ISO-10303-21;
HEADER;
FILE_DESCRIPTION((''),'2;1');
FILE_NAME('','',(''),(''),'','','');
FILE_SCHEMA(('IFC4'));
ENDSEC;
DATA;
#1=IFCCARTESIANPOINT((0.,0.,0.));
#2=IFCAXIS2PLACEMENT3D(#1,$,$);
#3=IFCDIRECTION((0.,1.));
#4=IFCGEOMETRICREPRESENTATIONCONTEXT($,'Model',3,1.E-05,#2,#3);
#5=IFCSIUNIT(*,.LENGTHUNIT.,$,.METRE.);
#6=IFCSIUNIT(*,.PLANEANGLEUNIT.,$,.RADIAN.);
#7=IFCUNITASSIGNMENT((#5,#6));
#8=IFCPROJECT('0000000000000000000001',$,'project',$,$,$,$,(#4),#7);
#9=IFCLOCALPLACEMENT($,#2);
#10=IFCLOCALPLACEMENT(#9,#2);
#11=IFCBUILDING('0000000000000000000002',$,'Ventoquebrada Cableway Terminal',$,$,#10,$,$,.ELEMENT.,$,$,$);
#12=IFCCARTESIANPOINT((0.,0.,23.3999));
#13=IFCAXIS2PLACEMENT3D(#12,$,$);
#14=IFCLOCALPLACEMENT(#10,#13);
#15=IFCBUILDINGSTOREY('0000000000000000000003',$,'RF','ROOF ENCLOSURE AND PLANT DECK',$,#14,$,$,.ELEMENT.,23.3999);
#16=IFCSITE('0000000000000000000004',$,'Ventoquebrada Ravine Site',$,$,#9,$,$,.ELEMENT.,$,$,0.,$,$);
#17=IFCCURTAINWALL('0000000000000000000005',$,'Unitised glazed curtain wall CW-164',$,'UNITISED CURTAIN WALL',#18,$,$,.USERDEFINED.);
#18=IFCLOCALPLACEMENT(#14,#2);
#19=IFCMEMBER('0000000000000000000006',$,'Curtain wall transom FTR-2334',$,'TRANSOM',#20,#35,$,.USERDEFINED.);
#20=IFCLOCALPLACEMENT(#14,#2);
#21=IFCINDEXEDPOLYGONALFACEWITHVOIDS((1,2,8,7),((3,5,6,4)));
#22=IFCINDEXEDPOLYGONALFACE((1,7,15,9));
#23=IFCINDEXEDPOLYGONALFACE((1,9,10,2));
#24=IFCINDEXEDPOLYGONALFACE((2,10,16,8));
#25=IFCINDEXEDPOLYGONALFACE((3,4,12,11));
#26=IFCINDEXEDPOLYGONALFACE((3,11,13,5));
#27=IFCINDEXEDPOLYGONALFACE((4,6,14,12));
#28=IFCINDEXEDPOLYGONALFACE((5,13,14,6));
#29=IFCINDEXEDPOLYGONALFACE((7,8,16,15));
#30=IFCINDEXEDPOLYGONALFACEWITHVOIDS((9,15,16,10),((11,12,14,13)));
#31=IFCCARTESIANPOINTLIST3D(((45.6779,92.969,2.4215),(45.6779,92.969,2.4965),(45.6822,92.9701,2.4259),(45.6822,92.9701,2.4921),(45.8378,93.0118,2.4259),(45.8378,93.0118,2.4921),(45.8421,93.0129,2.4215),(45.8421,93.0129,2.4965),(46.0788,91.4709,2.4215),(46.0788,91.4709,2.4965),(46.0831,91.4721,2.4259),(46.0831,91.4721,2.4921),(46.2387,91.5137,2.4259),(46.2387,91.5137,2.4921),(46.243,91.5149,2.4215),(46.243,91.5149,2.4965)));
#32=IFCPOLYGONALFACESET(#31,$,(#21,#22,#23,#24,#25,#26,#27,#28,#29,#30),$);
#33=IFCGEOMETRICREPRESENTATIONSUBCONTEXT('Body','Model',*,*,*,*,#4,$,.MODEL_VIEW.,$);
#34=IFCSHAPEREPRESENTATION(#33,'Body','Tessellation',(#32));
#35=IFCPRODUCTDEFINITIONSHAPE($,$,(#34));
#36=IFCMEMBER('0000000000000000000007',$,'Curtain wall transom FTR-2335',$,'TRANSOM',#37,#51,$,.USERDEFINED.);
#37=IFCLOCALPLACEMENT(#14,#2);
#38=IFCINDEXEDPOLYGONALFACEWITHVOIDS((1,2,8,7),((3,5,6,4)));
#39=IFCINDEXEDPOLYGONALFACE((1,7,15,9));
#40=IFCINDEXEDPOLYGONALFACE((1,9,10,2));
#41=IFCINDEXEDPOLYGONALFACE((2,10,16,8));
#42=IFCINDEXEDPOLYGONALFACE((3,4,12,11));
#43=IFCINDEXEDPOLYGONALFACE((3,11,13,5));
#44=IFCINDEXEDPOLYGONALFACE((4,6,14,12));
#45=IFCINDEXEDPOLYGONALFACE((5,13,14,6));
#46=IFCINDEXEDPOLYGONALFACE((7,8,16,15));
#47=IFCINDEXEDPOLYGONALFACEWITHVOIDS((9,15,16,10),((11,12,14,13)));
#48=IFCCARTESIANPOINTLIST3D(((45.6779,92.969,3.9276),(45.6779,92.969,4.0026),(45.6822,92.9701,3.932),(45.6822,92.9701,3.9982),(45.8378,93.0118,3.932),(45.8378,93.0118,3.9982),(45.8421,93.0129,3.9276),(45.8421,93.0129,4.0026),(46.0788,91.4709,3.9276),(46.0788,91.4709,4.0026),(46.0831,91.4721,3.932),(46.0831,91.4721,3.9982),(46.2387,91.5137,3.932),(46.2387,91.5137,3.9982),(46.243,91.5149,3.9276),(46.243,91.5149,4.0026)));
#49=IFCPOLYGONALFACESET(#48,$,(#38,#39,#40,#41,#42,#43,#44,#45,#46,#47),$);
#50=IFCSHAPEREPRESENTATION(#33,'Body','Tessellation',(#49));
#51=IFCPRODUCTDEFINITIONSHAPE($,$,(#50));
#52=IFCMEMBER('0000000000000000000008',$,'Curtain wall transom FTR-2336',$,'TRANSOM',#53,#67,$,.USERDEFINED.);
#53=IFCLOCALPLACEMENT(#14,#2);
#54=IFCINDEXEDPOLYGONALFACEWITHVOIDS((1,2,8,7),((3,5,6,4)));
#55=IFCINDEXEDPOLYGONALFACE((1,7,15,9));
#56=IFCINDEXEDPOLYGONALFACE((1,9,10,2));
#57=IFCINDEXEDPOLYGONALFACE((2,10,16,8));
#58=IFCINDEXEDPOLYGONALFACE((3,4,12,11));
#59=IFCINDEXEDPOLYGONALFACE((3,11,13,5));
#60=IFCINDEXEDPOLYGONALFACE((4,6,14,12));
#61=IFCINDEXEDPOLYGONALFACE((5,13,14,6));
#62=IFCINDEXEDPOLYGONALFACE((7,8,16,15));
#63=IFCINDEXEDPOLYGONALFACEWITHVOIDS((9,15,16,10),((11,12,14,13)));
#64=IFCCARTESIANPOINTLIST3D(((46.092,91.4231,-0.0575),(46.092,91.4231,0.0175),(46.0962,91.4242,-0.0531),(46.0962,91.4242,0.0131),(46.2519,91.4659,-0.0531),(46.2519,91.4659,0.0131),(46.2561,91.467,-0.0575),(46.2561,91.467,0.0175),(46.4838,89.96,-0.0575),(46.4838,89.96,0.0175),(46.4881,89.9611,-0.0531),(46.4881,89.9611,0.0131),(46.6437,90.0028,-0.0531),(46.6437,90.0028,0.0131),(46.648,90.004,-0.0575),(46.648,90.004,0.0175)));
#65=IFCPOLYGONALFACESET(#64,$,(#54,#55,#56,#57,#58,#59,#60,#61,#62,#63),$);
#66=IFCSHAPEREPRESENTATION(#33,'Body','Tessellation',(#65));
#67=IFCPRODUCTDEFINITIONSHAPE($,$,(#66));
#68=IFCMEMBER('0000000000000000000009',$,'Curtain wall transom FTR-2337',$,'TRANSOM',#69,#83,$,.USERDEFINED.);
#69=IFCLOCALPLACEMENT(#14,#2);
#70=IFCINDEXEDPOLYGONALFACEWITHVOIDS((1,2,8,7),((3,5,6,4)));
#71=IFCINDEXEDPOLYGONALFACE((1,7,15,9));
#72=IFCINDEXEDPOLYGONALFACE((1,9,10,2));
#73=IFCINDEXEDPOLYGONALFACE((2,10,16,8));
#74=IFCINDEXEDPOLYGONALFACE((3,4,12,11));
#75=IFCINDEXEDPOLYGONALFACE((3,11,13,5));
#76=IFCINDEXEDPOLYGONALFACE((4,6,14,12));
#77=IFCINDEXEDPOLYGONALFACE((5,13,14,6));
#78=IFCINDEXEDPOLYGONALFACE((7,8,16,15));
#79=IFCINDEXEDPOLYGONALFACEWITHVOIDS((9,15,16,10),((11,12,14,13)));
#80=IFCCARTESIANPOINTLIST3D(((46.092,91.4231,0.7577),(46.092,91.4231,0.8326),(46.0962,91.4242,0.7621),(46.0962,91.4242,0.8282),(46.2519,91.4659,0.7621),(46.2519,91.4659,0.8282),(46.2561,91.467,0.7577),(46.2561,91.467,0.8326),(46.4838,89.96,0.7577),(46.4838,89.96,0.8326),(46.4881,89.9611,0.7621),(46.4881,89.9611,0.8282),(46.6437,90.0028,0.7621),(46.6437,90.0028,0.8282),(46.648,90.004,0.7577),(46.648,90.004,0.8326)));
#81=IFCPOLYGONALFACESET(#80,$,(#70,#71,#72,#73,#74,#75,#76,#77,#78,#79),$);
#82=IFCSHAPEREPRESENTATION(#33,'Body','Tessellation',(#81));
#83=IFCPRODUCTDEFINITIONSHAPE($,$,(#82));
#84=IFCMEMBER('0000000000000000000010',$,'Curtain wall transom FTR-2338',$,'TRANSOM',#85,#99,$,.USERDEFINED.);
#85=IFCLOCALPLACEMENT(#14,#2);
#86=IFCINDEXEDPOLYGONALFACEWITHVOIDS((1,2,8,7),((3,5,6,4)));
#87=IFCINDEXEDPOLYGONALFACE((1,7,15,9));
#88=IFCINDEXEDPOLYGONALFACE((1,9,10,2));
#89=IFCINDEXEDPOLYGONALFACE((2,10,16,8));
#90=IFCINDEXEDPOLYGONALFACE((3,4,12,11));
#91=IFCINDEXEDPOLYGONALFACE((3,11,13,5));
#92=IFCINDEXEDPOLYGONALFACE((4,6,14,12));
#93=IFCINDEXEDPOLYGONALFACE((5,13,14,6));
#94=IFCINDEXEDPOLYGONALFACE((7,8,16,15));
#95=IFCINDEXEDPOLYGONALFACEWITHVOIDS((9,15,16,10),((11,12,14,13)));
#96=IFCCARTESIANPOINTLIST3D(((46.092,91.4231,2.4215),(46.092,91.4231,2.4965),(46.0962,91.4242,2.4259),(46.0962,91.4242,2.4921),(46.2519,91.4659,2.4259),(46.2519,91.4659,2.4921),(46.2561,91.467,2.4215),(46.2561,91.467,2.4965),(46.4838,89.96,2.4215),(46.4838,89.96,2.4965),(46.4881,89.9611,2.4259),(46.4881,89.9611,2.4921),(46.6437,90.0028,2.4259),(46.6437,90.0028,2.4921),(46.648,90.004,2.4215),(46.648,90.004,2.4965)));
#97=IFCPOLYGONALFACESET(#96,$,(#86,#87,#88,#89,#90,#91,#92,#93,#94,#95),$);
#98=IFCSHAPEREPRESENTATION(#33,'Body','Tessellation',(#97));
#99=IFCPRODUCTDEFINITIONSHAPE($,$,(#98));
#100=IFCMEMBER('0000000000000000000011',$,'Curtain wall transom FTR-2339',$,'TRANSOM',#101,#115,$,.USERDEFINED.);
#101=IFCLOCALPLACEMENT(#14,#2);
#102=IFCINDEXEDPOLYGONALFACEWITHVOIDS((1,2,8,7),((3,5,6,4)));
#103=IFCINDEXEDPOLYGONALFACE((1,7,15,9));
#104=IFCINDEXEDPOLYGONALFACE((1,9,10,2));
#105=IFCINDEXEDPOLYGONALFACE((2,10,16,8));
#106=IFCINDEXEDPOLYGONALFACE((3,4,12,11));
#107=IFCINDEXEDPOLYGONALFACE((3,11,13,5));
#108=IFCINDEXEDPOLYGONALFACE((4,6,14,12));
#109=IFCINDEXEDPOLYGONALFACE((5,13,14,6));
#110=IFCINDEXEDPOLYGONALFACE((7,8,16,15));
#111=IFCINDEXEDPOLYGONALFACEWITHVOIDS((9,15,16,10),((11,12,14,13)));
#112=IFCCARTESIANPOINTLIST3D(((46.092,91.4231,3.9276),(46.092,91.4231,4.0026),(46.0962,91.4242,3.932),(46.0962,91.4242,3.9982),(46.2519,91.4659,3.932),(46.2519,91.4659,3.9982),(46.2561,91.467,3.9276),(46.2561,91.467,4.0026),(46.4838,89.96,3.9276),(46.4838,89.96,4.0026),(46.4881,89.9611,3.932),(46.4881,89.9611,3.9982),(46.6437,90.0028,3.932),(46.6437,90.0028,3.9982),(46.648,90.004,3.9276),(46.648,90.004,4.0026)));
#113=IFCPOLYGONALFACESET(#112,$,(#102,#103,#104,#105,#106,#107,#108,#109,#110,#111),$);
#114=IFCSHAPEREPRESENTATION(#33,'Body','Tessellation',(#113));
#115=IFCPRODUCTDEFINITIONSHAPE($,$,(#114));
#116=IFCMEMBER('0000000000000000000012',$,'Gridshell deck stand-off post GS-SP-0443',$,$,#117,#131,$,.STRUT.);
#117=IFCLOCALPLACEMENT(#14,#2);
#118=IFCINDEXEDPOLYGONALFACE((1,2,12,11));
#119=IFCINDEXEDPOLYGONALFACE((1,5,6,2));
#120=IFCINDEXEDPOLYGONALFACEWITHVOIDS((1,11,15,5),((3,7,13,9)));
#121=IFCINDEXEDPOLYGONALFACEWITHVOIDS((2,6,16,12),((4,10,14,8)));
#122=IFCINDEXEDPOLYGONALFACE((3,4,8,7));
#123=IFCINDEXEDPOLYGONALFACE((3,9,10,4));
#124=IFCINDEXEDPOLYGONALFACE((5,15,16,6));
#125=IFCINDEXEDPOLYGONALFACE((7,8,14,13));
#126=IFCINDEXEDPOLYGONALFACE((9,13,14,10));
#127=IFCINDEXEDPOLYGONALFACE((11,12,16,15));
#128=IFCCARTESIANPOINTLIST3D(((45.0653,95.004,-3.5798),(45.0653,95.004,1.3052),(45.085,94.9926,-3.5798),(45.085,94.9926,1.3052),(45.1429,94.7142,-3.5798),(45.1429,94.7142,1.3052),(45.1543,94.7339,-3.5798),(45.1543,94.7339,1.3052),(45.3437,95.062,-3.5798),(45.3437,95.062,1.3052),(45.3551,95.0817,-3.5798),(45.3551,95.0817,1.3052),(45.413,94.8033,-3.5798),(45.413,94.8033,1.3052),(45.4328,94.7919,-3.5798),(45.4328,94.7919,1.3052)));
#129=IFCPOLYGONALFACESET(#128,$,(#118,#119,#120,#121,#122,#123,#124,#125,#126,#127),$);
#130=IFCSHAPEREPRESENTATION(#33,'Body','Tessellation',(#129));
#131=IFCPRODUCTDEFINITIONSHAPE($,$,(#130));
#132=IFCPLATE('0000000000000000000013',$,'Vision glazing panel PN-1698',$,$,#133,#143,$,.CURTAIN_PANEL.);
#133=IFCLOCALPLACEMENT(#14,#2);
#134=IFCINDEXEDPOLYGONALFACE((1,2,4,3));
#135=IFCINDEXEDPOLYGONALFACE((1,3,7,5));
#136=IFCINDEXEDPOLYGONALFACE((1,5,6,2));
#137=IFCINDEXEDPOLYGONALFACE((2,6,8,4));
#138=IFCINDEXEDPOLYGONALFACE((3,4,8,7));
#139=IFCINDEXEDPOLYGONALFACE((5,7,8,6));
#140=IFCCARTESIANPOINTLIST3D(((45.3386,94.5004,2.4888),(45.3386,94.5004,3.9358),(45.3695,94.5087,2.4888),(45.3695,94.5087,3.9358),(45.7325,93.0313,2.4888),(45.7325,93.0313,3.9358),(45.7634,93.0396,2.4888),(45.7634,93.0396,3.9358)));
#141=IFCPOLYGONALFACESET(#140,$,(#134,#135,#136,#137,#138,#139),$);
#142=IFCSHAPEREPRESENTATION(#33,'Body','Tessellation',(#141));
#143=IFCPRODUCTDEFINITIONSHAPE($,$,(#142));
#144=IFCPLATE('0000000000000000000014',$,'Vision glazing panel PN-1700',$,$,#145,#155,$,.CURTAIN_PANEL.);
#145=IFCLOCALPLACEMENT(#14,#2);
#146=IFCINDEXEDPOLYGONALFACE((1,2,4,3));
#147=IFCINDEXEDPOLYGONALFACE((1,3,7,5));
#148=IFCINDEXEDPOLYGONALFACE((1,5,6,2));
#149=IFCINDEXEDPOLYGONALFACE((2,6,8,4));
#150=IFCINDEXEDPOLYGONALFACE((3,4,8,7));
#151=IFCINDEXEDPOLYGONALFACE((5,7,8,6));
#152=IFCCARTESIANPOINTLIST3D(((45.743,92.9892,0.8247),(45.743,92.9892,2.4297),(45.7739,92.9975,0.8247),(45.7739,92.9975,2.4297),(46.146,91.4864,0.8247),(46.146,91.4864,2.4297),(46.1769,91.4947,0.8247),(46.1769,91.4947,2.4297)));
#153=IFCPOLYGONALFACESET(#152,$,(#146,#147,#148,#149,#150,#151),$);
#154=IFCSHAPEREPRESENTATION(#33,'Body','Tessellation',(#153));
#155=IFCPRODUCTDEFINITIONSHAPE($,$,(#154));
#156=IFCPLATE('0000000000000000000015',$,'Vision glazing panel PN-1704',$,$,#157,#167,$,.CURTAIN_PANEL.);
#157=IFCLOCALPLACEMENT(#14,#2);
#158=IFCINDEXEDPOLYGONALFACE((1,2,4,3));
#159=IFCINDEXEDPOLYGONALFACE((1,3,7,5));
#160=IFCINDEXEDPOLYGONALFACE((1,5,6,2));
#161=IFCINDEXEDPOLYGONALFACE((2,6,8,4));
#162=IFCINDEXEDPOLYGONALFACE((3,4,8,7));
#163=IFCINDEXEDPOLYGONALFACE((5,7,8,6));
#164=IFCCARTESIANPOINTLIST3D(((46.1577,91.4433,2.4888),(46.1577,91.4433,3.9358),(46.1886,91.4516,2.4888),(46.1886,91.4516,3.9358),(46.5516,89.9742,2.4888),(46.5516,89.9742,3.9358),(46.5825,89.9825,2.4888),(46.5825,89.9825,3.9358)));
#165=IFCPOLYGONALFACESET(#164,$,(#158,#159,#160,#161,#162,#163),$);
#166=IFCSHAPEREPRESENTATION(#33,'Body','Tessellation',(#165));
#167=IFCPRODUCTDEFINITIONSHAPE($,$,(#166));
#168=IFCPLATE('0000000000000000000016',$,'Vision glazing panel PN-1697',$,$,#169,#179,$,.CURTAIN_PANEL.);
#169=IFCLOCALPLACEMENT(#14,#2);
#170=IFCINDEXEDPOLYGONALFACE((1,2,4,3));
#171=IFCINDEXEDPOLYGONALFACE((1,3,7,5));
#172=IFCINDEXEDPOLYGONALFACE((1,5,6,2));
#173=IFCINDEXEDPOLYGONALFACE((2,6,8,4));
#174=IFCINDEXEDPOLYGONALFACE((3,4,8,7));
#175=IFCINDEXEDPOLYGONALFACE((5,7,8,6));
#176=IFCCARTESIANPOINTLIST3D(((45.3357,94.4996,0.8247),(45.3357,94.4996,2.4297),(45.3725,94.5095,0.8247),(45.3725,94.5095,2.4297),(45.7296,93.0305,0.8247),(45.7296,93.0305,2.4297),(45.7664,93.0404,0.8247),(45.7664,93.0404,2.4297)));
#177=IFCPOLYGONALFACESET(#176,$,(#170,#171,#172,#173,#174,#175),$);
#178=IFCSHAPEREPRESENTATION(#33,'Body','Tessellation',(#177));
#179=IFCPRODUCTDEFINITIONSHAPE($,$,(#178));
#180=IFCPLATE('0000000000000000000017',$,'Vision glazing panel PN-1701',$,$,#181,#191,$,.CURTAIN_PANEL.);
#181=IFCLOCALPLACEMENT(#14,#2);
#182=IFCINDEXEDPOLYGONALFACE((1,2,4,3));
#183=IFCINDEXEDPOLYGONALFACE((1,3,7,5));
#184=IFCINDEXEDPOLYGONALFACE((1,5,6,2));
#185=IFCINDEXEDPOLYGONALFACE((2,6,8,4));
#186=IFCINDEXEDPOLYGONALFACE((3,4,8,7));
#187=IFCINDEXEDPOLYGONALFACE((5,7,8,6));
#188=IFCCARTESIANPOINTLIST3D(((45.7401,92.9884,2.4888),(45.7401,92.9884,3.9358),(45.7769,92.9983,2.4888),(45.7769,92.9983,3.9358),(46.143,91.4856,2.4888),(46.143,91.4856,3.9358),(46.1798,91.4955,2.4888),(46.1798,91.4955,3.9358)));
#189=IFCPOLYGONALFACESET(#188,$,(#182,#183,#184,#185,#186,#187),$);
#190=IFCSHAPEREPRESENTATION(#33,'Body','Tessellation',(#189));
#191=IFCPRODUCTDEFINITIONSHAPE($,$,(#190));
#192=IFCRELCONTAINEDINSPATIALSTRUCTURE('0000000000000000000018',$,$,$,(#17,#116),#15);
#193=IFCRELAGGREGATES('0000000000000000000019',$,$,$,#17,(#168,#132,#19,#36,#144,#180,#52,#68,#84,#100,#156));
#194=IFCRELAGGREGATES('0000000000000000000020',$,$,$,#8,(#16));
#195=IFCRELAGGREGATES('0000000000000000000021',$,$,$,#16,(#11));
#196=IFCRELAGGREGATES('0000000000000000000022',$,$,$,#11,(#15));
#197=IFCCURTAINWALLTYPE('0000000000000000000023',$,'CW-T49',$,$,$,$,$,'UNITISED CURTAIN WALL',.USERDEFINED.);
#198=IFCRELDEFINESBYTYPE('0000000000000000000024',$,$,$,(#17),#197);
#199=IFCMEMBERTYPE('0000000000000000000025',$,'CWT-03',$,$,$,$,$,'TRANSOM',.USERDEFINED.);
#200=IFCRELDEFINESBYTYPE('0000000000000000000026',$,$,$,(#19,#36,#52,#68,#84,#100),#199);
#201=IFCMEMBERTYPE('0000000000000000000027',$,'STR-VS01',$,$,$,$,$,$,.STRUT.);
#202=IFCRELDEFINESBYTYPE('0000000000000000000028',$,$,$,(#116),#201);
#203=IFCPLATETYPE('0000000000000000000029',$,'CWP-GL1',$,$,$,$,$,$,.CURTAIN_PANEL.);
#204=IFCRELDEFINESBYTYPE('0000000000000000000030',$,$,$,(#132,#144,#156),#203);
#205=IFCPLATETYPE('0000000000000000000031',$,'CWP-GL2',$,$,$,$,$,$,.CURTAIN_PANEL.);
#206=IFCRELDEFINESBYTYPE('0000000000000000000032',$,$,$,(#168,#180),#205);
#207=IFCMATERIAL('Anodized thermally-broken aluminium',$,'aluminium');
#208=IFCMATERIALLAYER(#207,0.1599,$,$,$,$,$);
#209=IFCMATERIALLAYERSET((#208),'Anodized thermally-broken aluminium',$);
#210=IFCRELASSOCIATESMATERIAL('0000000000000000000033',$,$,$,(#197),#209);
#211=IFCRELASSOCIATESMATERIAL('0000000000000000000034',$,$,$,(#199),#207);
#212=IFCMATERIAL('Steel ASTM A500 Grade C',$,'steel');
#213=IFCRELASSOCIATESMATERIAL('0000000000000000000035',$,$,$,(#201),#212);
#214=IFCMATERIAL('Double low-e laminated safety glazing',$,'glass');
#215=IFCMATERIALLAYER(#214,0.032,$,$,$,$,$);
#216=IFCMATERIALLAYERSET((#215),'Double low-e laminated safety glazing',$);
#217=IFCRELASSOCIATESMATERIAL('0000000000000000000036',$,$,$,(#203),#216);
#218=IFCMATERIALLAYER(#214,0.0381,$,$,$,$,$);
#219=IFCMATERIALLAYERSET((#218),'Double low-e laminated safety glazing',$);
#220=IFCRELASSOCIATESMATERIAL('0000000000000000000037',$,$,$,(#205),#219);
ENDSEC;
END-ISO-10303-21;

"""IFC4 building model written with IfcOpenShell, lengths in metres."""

from ifc_helpers import new_model, si_unit, direction, frame, origin, origin_2d, place, context, subcontext, project, spatial, rectangle, hollow_rectangle, extrude, material, layer, layer_set, material_profile, profile_set, type_object, element, aggregate, save


model = new_model("IFC4")

# Units and contexts
model_context = context("Model", 3, precision=1e-05, world=origin(), true_north=direction((0.0, 1.0)))
body_context = subcontext(model_context, "Body", "Model", "MODEL_VIEW")
ifc_project = project(units=[si_unit("LENGTHUNIT", "METRE"), si_unit("PLANEANGLEUNIT", "RADIAN")], contexts=[model_context])

# Site, building, storey
site_placement = place(None, origin())
site = spatial("IfcSite", under=ifc_project, at=site_placement, Name="Ventoquebrada Ravine Site", CompositionType="ELEMENT", RefElevation=0.0)
building_placement = place(site_placement, origin())
building = spatial("IfcBuilding", under=site, at=building_placement, Name="Ventoquebrada Cableway Terminal", CompositionType="ELEMENT")
storey_placement = place(building_placement, frame((0.0, 0.0, 23.3999)))
storey = spatial("IfcBuildingStorey", under=building, at=storey_placement, Name="RF", Description="ROOF ENCLOSURE AND PLANT DECK", CompositionType="ELEMENT", Elevation=23.3999)

# Shared definitions
ifc_material_1 = material(Name="Anodized thermally-broken aluminium", Category="aluminium")

# Curtain wall, members
ifc_layer_1 = layer(ifc_material_1, 0.1599)
ifc_layer_set_1 = layer_set([ifc_layer_1], Name="Anodized thermally-broken aluminium")
curtain_wall_type_1 = type_object("IfcCurtainWallType", Name="CW-T49", ElementType="UNITISED CURTAIN WALL", PredefinedType="USERDEFINED", material=ifc_layer_set_1)
curtain_wall_1_placement = place(storey_placement, origin())
curtain_wall_1 = element("IfcCurtainWall", 1, at=curtain_wall_1_placement, inside=storey, type_object=curtain_wall_type_1, Name="Unitised glazed curtain wall CW-164", ObjectType="UNITISED CURTAIN WALL", PredefinedType="USERDEFINED")
ifc_material_profile_1 = material_profile(ifc_material_1, hollow_rectangle(XDim=0.075, YDim=0.1699, WallThickness=0.0044, at=origin_2d()), Name="CW-TRN-75X170")
ifc_profile_set_1 = profile_set([ifc_material_profile_1], Name="Anodized thermally-broken aluminium")
member_type_1 = type_object("IfcMemberType", Name="CWT-03", ElementType="TRANSOM", PredefinedType="USERDEFINED", material=ifc_profile_set_1)
member_1_placement = place(storey_placement, frame((45.76, 92.991, 2.459), z_axis=(0.258505, -0.96601, 0.0), x_axis=(0.0, 0.0, 1.0)))
member_1 = element("IfcMember", 2, at=member_1_placement, type_object=member_type_1, Name="Curtain wall transom FTR-2334", ObjectType="TRANSOM", PredefinedType="USERDEFINED", context=body_context, shape_type="SweptSolid", body=[
    extrude(hollow_rectangle(XDim=0.075, YDim=0.1699, WallThickness=0.0044, at=origin_2d()), origin(), (0.0, 0.0, 1.0), 1.5508),
])
member_2_placement = place(storey_placement, frame((45.76, 92.991, 3.9651), z_axis=(0.258505, -0.96601, 0.0), x_axis=(0.0, 0.0, 1.0)))
member_2 = element("IfcMember", 3, at=member_2_placement, type_object=member_type_1, Name="Curtain wall transom FTR-2335", ObjectType="TRANSOM", PredefinedType="USERDEFINED", context=body_context, shape_type="SweptSolid", body=[
    extrude(hollow_rectangle(XDim=0.075, YDim=0.1699, WallThickness=0.0044, at=origin_2d()), origin(), (0.0, 0.0, 1.0), 1.5508),
])
member_3_placement = place(storey_placement, frame((46.1741, 91.4451, -0.02), z_axis=(0.258696, -0.965959, 0.0), x_axis=(0.0, 0.0, 1.0)))
member_3 = element("IfcMember", 4, at=member_3_placement, type_object=member_type_1, Name="Curtain wall transom FTR-2336", ObjectType="TRANSOM", PredefinedType="USERDEFINED", context=body_context, shape_type="SweptSolid", body=[
    extrude(hollow_rectangle(XDim=0.075, YDim=0.1699, WallThickness=0.0044, at=origin_2d()), origin(), (0.0, 0.0, 1.0), 1.5146),
])
member_4_placement = place(storey_placement, frame((46.1741, 91.4451, 0.7952), z_axis=(0.258696, -0.965959, 0.0), x_axis=(0.0, 0.0, 1.0)))
member_4 = element("IfcMember", 5, at=member_4_placement, type_object=member_type_1, Name="Curtain wall transom FTR-2337", ObjectType="TRANSOM", PredefinedType="USERDEFINED", context=body_context, shape_type="SweptSolid", body=[
    extrude(hollow_rectangle(XDim=0.075, YDim=0.1699, WallThickness=0.0044, at=origin_2d()), origin(), (0.0, 0.0, 1.0), 1.5146),
])
member_5_placement = place(storey_placement, frame((46.1741, 91.4451, 2.459), z_axis=(0.258696, -0.965959, 0.0), x_axis=(0.0, 0.0, 1.0)))
member_5 = element("IfcMember", 6, at=member_5_placement, type_object=member_type_1, Name="Curtain wall transom FTR-2338", ObjectType="TRANSOM", PredefinedType="USERDEFINED", context=body_context, shape_type="SweptSolid", body=[
    extrude(hollow_rectangle(XDim=0.075, YDim=0.1699, WallThickness=0.0044, at=origin_2d()), origin(), (0.0, 0.0, 1.0), 1.5146),
])
member_6_placement = place(storey_placement, frame((46.1741, 91.4451, 3.9651), z_axis=(0.258696, -0.965959, 0.0), x_axis=(0.0, 0.0, 1.0)))
member_6 = element("IfcMember", 7, at=member_6_placement, type_object=member_type_1, Name="Curtain wall transom FTR-2339", ObjectType="TRANSOM", PredefinedType="USERDEFINED", context=body_context, shape_type="SweptSolid", body=[
    extrude(hollow_rectangle(XDim=0.075, YDim=0.1699, WallThickness=0.0044, at=origin_2d()), origin(), (0.0, 0.0, 1.0), 1.5146),
])

# Member
ifc_material_2 = material(Name="Steel ASTM A500 Grade C", Category="steel")
ifc_material_profile_2 = material_profile(ifc_material_2, hollow_rectangle(XDim=0.3, YDim=0.3, WallThickness=0.0161, at=origin_2d()), Name="HSS300X300X16")
ifc_profile_set_2 = profile_set([ifc_material_profile_2], Name="Steel ASTM A500 Grade C")
member_type_2 = type_object("IfcMemberType", Name="STR-VS01", PredefinedType="STRUT", material=ifc_profile_set_2)
member_7_placement = place(storey_placement, frame((45.249, 94.8979, -3.5798), z_axis=(0.0, 0.0, 1.0), x_axis=(0.965926, 0.258819, 0.0)))
element("IfcMember", 8, at=member_7_placement, inside=storey, type_object=member_type_2, Name="Gridshell deck stand-off post GS-SP-0443", PredefinedType="STRUT", context=body_context, shape_type="SweptSolid", body=[
    extrude(hollow_rectangle(XDim=0.3, YDim=0.3, WallThickness=0.0161, at=origin_2d()), origin(), (0.0, 0.0, 1.0), 4.885),
])

# Plates
ifc_material_3 = material(Name="Double low-e laminated safety glazing", Category="glass")
ifc_layer_2 = layer(ifc_material_3, 0.032)
ifc_layer_set_2 = layer_set([ifc_layer_2], Name="Double low-e laminated safety glazing")
plate_type_1 = type_object("IfcPlateType", Name="CWP-GL1", PredefinedType="CURTAIN_PANEL", material=ifc_layer_set_2)
plate_1_placement = place(storey_placement, frame((45.551, 93.77, 2.4888), z_axis=(0.0, 0.0, 1.0), x_axis=(0.258971, -0.965885, 0.0)))
plate_1 = element("IfcPlate", 9, at=plate_1_placement, type_object=plate_type_1, Name="Vision glazing panel PN-1698", PredefinedType="CURTAIN_PANEL", context=body_context, shape_type="SweptSolid", body=[
    extrude(rectangle(XDim=1.521, YDim=0.032, at=origin_2d()), origin(), (0.0, 0.0, 1.0), 1.447),
])
plate_2_placement = place(storey_placement, frame((45.96, 92.2419, 0.8247), z_axis=(0.0, 0.0, 1.0), x_axis=(0.258971, -0.965885, 0.0)))
plate_2 = element("IfcPlate", 10, at=plate_2_placement, type_object=plate_type_1, Name="Vision glazing panel PN-1700", PredefinedType="CURTAIN_PANEL", context=body_context, shape_type="SweptSolid", body=[
    extrude(rectangle(XDim=1.5559, YDim=0.032, at=origin_2d()), origin(), (0.0, 0.0, 1.0), 1.605),
])
plate_3_placement = place(storey_placement, frame((46.3701, 90.7129, 2.4888), z_axis=(0.0, 0.0, 1.0), x_axis=(0.258971, -0.965885, 0.0)))
plate_3 = element("IfcPlate", 11, at=plate_3_placement, type_object=plate_type_1, Name="Vision glazing panel PN-1704", PredefinedType="CURTAIN_PANEL", context=body_context, shape_type="SweptSolid", body=[
    extrude(rectangle(XDim=1.521, YDim=0.032, at=origin_2d()), origin(), (0.0, 0.0, 1.0), 1.447),
])
ifc_layer_3 = layer(ifc_material_3, 0.0381)
ifc_layer_set_3 = layer_set([ifc_layer_3], Name="Double low-e laminated safety glazing")
plate_type_2 = type_object("IfcPlateType", Name="CWP-GL2", PredefinedType="CURTAIN_PANEL", material=ifc_layer_set_3)
plate_4_placement = place(storey_placement, frame((45.551, 93.77, 0.8247), z_axis=(0.0, 0.0, 1.0), x_axis=(0.258971, -0.965885, 0.0)))
plate_4 = element("IfcPlate", 12, at=plate_4_placement, type_object=plate_type_2, Name="Vision glazing panel PN-1697", PredefinedType="CURTAIN_PANEL", context=body_context, shape_type="SweptSolid", body=[
    extrude(rectangle(XDim=1.521, YDim=0.0381, at=origin_2d()), origin(), (0.0, 0.0, 1.0), 1.605),
])
plate_5_placement = place(storey_placement, frame((45.96, 92.2419, 2.4888), z_axis=(0.0, 0.0, 1.0), x_axis=(0.258971, -0.965885, 0.0)))
plate_5 = element("IfcPlate", 13, at=plate_5_placement, type_object=plate_type_2, Name="Vision glazing panel PN-1701", PredefinedType="CURTAIN_PANEL", context=body_context, shape_type="SweptSolid", body=[
    extrude(rectangle(XDim=1.5559, YDim=0.0381, at=origin_2d()), origin(), (0.0, 0.0, 1.0), 1.447),
])
aggregate(curtain_wall_1, [plate_4, plate_1, member_1, member_2, plate_2, plate_5, member_3, member_4, member_5, member_6, plate_3])

save(model, "model.ifc")
